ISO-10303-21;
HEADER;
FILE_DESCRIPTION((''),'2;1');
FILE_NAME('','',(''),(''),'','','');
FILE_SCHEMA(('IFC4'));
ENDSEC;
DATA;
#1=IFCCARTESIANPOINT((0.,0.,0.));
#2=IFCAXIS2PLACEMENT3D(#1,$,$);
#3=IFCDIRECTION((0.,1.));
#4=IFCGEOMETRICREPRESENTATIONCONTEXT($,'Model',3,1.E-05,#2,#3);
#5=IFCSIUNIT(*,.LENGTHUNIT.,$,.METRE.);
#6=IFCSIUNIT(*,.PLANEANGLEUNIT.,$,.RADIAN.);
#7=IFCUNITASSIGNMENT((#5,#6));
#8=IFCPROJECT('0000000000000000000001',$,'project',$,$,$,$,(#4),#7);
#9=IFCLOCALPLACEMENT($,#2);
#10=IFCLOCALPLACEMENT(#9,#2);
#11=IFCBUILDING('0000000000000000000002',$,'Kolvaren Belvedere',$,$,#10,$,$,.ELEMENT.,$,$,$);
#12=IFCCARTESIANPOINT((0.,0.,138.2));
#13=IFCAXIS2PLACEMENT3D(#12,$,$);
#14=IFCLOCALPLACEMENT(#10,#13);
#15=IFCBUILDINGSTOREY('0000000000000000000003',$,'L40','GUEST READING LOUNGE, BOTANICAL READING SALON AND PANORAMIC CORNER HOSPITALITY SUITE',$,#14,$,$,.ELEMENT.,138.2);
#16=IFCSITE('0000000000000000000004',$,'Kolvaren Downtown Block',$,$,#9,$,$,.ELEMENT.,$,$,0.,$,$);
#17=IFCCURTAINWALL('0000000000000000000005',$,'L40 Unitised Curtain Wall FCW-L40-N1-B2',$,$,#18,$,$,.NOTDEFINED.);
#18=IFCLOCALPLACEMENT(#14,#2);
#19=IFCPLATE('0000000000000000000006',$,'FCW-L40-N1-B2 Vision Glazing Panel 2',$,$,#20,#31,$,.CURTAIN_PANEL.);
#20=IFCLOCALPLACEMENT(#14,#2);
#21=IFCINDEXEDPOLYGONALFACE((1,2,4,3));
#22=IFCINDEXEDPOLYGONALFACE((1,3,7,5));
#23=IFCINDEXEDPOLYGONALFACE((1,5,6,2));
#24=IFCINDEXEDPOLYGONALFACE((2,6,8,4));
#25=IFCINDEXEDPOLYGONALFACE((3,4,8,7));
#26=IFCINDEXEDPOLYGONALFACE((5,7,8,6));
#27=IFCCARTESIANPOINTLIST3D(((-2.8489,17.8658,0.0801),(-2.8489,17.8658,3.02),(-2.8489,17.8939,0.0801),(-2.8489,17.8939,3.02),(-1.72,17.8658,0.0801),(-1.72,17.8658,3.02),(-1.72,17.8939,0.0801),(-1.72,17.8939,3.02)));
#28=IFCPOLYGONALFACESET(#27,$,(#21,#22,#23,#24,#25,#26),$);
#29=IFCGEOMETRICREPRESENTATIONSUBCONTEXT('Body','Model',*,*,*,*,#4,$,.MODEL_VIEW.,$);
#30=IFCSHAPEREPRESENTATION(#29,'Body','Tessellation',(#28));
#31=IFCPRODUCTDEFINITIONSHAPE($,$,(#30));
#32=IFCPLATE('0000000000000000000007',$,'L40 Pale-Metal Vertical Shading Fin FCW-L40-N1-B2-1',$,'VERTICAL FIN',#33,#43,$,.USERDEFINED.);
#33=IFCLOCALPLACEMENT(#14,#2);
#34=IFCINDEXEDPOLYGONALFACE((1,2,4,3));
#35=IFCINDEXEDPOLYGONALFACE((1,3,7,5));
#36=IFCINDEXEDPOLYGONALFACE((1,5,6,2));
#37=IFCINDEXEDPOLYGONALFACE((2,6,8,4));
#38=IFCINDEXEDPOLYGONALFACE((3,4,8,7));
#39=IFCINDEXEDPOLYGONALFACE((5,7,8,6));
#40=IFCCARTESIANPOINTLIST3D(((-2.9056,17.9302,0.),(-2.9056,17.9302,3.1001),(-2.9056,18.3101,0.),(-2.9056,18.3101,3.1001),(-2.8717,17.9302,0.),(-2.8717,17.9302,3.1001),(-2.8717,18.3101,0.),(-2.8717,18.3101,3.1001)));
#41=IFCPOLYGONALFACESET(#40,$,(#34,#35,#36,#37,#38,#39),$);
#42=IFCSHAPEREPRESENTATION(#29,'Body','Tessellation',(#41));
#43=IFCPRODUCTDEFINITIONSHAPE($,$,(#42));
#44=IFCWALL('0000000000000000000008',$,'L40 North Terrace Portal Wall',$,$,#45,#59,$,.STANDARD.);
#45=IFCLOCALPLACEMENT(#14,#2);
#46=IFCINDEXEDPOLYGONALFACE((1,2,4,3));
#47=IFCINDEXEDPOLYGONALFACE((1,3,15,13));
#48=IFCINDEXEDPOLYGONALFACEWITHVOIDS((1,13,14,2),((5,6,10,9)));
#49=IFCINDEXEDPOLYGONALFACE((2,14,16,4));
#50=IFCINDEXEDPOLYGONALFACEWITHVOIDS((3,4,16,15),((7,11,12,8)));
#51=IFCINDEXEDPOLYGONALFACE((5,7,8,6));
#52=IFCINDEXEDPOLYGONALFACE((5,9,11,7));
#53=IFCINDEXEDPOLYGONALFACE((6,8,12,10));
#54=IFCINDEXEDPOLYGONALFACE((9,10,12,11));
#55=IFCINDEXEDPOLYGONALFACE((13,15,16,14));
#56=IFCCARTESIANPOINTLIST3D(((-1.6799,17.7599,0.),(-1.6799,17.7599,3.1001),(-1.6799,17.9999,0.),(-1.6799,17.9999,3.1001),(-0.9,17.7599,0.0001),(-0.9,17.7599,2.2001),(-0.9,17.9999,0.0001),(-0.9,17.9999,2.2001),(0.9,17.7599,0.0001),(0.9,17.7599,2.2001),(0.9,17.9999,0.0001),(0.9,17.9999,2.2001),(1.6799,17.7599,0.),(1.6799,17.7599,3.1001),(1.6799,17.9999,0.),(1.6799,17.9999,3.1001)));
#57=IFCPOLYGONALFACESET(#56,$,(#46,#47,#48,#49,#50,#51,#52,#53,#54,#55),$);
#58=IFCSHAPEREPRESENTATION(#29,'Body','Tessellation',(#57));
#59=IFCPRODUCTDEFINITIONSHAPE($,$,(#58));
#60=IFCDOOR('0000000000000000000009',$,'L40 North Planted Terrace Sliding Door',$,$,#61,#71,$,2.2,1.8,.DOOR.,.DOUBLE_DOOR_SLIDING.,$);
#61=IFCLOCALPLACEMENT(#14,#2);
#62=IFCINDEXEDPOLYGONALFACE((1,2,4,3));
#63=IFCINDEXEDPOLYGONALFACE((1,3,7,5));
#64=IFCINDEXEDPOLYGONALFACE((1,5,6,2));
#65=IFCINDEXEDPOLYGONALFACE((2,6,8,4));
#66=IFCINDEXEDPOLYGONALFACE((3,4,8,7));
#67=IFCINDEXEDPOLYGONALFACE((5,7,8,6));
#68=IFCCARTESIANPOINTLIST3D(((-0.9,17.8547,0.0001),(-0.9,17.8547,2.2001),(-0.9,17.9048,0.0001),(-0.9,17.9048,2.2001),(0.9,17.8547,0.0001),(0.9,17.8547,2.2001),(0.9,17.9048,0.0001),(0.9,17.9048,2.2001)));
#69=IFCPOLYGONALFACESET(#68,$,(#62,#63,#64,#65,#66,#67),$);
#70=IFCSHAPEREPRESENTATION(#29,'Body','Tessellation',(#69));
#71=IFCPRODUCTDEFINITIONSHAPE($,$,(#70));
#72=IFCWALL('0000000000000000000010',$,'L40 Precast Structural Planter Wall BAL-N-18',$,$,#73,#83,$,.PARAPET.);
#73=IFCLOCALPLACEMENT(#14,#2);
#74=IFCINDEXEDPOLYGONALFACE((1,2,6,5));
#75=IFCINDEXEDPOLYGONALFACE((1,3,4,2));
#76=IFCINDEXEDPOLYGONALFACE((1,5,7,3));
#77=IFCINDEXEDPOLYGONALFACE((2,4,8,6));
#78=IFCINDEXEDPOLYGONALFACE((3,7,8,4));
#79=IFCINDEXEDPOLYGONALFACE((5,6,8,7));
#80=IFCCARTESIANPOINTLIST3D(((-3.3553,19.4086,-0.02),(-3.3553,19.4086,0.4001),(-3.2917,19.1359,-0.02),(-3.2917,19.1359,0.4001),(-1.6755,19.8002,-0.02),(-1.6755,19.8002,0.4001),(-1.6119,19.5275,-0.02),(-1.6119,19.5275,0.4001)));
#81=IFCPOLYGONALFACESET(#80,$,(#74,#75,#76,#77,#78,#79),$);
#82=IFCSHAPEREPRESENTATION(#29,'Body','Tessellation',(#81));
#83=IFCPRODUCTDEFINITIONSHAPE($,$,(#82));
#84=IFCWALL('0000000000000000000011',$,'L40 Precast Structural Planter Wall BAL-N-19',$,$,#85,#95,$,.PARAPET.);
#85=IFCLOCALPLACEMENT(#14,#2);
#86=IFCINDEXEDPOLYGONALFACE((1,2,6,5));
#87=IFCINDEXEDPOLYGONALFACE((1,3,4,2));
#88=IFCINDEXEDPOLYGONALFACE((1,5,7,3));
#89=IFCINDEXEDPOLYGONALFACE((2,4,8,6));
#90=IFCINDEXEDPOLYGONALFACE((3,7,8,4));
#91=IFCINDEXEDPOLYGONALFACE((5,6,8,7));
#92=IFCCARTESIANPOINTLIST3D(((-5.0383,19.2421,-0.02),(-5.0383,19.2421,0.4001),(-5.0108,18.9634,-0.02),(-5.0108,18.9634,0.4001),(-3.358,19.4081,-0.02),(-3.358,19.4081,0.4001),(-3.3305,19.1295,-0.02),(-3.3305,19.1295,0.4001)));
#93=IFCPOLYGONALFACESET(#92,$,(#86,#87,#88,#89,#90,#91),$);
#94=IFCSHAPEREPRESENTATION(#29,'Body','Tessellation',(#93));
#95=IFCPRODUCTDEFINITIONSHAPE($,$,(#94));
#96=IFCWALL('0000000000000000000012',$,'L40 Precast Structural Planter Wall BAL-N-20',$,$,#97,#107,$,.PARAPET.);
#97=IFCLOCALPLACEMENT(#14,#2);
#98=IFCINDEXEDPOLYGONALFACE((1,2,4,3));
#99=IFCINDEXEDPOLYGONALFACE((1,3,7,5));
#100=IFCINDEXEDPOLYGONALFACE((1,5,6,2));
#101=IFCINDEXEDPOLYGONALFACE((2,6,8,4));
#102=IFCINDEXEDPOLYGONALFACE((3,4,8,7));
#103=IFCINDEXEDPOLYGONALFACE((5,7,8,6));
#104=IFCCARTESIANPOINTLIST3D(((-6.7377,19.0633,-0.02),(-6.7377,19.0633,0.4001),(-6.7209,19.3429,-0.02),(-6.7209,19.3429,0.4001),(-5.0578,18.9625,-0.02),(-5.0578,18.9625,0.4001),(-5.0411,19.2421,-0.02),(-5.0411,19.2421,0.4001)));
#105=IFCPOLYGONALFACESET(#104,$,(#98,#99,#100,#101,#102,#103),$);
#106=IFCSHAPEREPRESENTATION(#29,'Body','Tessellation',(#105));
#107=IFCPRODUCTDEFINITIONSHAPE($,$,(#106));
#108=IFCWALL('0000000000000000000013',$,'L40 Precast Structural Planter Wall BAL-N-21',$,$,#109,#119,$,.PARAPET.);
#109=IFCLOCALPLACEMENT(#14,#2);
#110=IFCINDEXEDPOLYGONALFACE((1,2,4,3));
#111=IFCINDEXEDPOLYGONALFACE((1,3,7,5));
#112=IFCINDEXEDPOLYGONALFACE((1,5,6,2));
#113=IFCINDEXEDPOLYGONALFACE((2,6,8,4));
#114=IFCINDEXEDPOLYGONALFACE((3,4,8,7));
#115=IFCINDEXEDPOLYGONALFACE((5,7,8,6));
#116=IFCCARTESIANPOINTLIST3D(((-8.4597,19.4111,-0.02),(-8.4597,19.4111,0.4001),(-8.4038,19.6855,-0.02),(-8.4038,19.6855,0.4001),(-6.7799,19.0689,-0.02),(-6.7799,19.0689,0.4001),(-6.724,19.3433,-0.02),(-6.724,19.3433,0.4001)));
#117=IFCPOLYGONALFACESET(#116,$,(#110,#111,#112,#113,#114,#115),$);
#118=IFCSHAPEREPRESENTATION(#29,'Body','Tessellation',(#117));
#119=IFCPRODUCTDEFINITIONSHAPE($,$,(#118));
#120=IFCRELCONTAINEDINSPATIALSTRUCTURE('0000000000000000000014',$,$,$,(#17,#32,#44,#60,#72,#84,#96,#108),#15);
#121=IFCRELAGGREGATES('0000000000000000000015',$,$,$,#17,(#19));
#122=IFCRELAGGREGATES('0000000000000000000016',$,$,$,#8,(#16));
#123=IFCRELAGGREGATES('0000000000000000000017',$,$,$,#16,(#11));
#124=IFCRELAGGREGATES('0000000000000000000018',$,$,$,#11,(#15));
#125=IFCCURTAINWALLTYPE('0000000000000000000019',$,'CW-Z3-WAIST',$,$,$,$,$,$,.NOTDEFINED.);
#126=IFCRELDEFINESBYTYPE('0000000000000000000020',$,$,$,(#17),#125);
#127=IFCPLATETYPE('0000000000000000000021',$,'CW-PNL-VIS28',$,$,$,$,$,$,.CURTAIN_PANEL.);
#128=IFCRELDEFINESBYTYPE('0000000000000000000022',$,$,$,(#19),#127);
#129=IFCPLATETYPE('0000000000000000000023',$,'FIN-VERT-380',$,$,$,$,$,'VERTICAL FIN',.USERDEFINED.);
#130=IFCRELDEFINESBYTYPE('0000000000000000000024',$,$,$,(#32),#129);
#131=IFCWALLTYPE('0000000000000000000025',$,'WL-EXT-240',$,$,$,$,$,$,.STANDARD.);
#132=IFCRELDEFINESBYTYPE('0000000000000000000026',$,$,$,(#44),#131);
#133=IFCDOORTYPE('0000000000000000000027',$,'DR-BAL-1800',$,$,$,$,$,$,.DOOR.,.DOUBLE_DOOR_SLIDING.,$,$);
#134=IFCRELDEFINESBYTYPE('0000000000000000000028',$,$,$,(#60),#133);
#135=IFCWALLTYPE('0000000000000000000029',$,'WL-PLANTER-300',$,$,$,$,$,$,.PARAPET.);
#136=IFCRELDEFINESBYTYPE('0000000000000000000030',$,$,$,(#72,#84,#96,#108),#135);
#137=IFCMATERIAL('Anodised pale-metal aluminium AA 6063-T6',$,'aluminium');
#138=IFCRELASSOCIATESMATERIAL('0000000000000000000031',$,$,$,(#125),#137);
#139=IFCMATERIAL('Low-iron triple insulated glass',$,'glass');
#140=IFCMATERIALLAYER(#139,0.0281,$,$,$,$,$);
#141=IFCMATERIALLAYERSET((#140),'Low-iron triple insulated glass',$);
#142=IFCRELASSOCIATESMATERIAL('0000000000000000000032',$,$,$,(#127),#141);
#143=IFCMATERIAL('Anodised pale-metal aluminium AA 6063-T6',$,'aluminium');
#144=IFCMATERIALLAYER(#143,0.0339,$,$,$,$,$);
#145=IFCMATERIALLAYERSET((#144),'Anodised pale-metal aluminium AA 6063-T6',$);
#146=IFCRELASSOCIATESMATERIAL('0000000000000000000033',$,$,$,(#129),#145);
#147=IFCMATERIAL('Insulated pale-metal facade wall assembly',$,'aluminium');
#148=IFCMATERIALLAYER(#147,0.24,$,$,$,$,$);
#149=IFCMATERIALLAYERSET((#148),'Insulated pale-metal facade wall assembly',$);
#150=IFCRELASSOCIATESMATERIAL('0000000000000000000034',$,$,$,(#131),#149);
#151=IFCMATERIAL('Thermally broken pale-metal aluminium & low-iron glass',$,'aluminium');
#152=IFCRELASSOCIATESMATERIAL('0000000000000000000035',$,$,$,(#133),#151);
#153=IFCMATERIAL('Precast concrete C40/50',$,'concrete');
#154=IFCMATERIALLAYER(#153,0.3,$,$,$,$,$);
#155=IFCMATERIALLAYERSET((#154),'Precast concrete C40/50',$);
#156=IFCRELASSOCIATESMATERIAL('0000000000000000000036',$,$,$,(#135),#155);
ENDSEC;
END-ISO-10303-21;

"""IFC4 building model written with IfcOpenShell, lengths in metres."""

from ifc_helpers import new_model, si_unit, direction, frame, frame_2d, origin, origin_2d, place, context, subcontext, project, spatial, rectangle, extrude, material, layer, layer_set, type_object, element, fill, aggregate, save


model = new_model("IFC4")

# Units and contexts
model_context = context("Model", 3, precision=1e-05, world=origin(), true_north=direction((0.0, 1.0)))
body_context = subcontext(model_context, "Body", "Model", "MODEL_VIEW")
ifc_project = project(units=[si_unit("LENGTHUNIT", "METRE"), si_unit("PLANEANGLEUNIT", "RADIAN")], contexts=[model_context])

# Site, building, storey
site_placement = place(None, origin())
site = spatial("IfcSite", under=ifc_project, at=site_placement, Name="Kolvaren Downtown Block", CompositionType="ELEMENT", RefElevation=0.0)
building_placement = place(site_placement, origin())
building = spatial("IfcBuilding", under=site, at=building_placement, Name="Kolvaren Belvedere", CompositionType="ELEMENT")
storey_placement = place(building_placement, frame((0.0, 0.0, 138.2)))
storey = spatial("IfcBuildingStorey", under=building, at=storey_placement, Name="L40", Description="GUEST READING LOUNGE, BOTANICAL READING SALON AND PANORAMIC CORNER HOSPITALITY SUITE", CompositionType="ELEMENT", Elevation=138.2)

# Shared definitions
ifc_material_1 = material(Name="Anodised pale-metal aluminium AA 6063-T6", Category="aluminium")
curtain_wall_type = type_object("IfcCurtainWallType", Name="CW-Z3-WAIST", PredefinedType="NOTDEFINED", material=ifc_material_1)

# Curtain wall
curtain_wall_1_placement = place(storey_placement, origin())
curtain_wall_1 = element("IfcCurtainWall", 1, at=curtain_wall_1_placement, inside=storey, type_object=curtain_wall_type, Name="L40 Unitised Curtain Wall FCW-L40-N1-B2", PredefinedType="NOTDEFINED")

# Plates
ifc_material_2 = material(Name="Low-iron triple insulated glass", Category="glass")
ifc_layer_1 = layer(ifc_material_2, 0.0281)
ifc_layer_set_1 = layer_set([ifc_layer_1], Name="Low-iron triple insulated glass")
plate_type_1 = type_object("IfcPlateType", Name="CW-PNL-VIS28", PredefinedType="CURTAIN_PANEL", material=ifc_layer_set_1)
plate_1_placement = place(storey_placement, frame((-2.2844, 17.8799, 0.0801), z_axis=(0.0, 0.0, 1.0), x_axis=(1.0, 0.0, 0.0)))
plate_1 = element("IfcPlate", 2, at=plate_1_placement, type_object=plate_type_1, Name="FCW-L40-N1-B2 Vision Glazing Panel 2", PredefinedType="CURTAIN_PANEL", context=body_context, shape_type="SweptSolid", body=[
    extrude(rectangle(XDim=1.1289, YDim=0.0281, at=origin_2d()), origin(), (0.0, 0.0, 1.0), 2.9399),
])
aggregate(curtain_wall_1, [plate_1])
ifc_material_3 = material(Name="Anodised pale-metal aluminium AA 6063-T6", Category="aluminium")
ifc_layer_2 = layer(ifc_material_3, 0.0339)
ifc_layer_set_2 = layer_set([ifc_layer_2], Name="Anodised pale-metal aluminium AA 6063-T6")
plate_type_2 = type_object("IfcPlateType", Name="FIN-VERT-380", ElementType="VERTICAL FIN", PredefinedType="USERDEFINED", material=ifc_layer_set_2)
plate_2_placement = place(storey_placement, frame((-2.8887, 18.1201, 0.0), z_axis=(0.0, 0.0, 1.0), x_axis=(0.0, 1.0, 0.0)))
element("IfcPlate", 3, at=plate_2_placement, inside=storey, type_object=plate_type_2, Name="L40 Pale-Metal Vertical Shading Fin FCW-L40-N1-B2-1", ObjectType="VERTICAL FIN", PredefinedType="USERDEFINED", context=body_context, shape_type="SweptSolid", body=[
    extrude(rectangle(XDim=0.3799, YDim=0.0339, at=origin_2d()), origin(), (0.0, 0.0, 1.0), 3.1001),
])

# Wall, opening, door
ifc_material_4 = material(Name="Insulated pale-metal facade wall assembly", Category="aluminium")
ifc_layer_3 = layer(ifc_material_4, 0.24)
ifc_layer_set_3 = layer_set([ifc_layer_3], Name="Insulated pale-metal facade wall assembly")
wall_type_1 = type_object("IfcWallType", Name="WL-EXT-240", PredefinedType="STANDARD", material=ifc_layer_set_3)
wall_1_placement = place(storey_placement, frame((-1.6799, 17.8799, 0.0), z_axis=(0.0, 0.0, 1.0), x_axis=(1.0, 0.0, 0.0)))
wall_1 = element("IfcWall", 4, at=wall_1_placement, inside=storey, type_object=wall_type_1, Name="L40 North Terrace Portal Wall", PredefinedType="STANDARD", context=body_context, shape_type="SweptSolid", body=[
    extrude(rectangle(XDim=3.3599, YDim=0.24, at=frame_2d((1.6799, 0.0))), origin(), (0.0, 0.0, 1.0), 3.1001),
])
opening_placement = place(wall_1_placement, frame((0.78, 0.0, 0.0)))
opening = element("IfcOpeningElement", 5, at=opening_placement, cuts=wall_1, PredefinedType="OPENING", context=body_context, shape_type="SweptSolid", body=[
    extrude(rectangle(XDim=1.8, YDim=2.2, at=frame_2d((0.8999, 1.1001))), frame((0.0, 0.1299, 0.0), z_axis=(0.0, -1.0, 0.0), x_axis=(1.0, 0.0, 0.0)), (0.0, 0.0, 1.0), 0.26),
])
ifc_material_5 = material(Name="Thermally broken pale-metal aluminium & low-iron glass", Category="aluminium")
door_type = type_object("IfcDoorType", Name="DR-BAL-1800", OperationType="DOUBLE_DOOR_SLIDING", PredefinedType="DOOR", material=ifc_material_5)
door_placement = place(opening_placement, origin())
door = element("IfcDoor", 6, at=door_placement, inside=storey, type_object=door_type, Name="L40 North Planted Terrace Sliding Door", OperationType="DOUBLE_DOOR_SLIDING", OverallHeight=2.2, OverallWidth=1.8, PredefinedType="DOOR", context=body_context, shape_type="SweptSolid", body=[
    extrude(rectangle(XDim=1.8, YDim=2.2, at=frame_2d((0.8999, 1.1001))), frame((0.0, 0.0249, 0.0), z_axis=(0.0, -1.0, 0.0), x_axis=(1.0, 0.0, 0.0)), (0.0, 0.0, 1.0), 0.05),
])
fill(opening, door)

# Walls
ifc_material_6 = material(Name="Precast concrete C40/50", Category="concrete")
ifc_layer_4 = layer(ifc_material_6, 0.3)
ifc_layer_set_4 = layer_set([ifc_layer_4], Name="Precast concrete C40/50")
wall_type_2 = type_object("IfcWallType", Name="WL-PLANTER-300", PredefinedType="PARAPET", material=ifc_layer_set_4)
wall_2_placement = place(storey_placement, frame((-1.6438, 19.6638, -0.02), z_axis=(0.0, 0.0, 1.0), x_axis=(-0.97389, -0.227019, 0.0)))
element("IfcWall", 7, at=wall_2_placement, inside=storey, type_object=wall_type_2, Name="L40 Precast Structural Planter Wall BAL-N-18", PredefinedType="PARAPET", context=body_context, shape_type="SweptSolid", body=[
    extrude(rectangle(XDim=1.7249, YDim=0.28, at=frame_2d((0.8623, 0.0))), origin(), (0.0, 0.0, 1.0), 0.4202),
])
wall_3_placement = place(storey_placement, frame((-3.3442, 19.2688, -0.02), z_axis=(0.0, 0.0, 1.0), x_axis=(-0.995154, -0.09833, 0.0)))
element("IfcWall", 8, at=wall_3_placement, inside=storey, type_object=wall_type_2, Name="L40 Precast Structural Planter Wall BAL-N-19", PredefinedType="PARAPET", context=body_context, shape_type="SweptSolid", body=[
    extrude(rectangle(XDim=1.6885, YDim=0.28, at=frame_2d((0.8442, 0.0))), origin(), (0.0, 0.0, 1.0), 0.4202),
])
wall_4_placement = place(storey_placement, frame((-5.0496, 19.1023, -0.02), z_axis=(0.0, 0.0, 1.0), x_axis=(-0.998204, 0.059913, 0.0)))
element("IfcWall", 9, at=wall_4_placement, inside=storey, type_object=wall_type_2, Name="L40 Precast Structural Planter Wall BAL-N-20", PredefinedType="PARAPET", context=body_context, shape_type="SweptSolid", body=[
    extrude(rectangle(XDim=1.6829, YDim=0.28, at=frame_2d((0.8413, 0.0))), origin(), (0.0, 0.0, 1.0), 0.4202),
])
wall_5_placement = place(storey_placement, frame((-6.752, 19.2061, -0.02), z_axis=(0.0, 0.0, 1.0), x_axis=(-0.979868, 0.199648, 0.0)))
element("IfcWall", 10, at=wall_5_placement, inside=storey, type_object=wall_type_2, Name="L40 Precast Structural Planter Wall BAL-N-21", PredefinedType="PARAPET", context=body_context, shape_type="SweptSolid", body=[
    extrude(rectangle(XDim=1.7144, YDim=0.28, at=frame_2d((0.8572, 0.0))), origin(), (0.0, 0.0, 1.0), 0.4202),
])

save(model, "model.ifc")
